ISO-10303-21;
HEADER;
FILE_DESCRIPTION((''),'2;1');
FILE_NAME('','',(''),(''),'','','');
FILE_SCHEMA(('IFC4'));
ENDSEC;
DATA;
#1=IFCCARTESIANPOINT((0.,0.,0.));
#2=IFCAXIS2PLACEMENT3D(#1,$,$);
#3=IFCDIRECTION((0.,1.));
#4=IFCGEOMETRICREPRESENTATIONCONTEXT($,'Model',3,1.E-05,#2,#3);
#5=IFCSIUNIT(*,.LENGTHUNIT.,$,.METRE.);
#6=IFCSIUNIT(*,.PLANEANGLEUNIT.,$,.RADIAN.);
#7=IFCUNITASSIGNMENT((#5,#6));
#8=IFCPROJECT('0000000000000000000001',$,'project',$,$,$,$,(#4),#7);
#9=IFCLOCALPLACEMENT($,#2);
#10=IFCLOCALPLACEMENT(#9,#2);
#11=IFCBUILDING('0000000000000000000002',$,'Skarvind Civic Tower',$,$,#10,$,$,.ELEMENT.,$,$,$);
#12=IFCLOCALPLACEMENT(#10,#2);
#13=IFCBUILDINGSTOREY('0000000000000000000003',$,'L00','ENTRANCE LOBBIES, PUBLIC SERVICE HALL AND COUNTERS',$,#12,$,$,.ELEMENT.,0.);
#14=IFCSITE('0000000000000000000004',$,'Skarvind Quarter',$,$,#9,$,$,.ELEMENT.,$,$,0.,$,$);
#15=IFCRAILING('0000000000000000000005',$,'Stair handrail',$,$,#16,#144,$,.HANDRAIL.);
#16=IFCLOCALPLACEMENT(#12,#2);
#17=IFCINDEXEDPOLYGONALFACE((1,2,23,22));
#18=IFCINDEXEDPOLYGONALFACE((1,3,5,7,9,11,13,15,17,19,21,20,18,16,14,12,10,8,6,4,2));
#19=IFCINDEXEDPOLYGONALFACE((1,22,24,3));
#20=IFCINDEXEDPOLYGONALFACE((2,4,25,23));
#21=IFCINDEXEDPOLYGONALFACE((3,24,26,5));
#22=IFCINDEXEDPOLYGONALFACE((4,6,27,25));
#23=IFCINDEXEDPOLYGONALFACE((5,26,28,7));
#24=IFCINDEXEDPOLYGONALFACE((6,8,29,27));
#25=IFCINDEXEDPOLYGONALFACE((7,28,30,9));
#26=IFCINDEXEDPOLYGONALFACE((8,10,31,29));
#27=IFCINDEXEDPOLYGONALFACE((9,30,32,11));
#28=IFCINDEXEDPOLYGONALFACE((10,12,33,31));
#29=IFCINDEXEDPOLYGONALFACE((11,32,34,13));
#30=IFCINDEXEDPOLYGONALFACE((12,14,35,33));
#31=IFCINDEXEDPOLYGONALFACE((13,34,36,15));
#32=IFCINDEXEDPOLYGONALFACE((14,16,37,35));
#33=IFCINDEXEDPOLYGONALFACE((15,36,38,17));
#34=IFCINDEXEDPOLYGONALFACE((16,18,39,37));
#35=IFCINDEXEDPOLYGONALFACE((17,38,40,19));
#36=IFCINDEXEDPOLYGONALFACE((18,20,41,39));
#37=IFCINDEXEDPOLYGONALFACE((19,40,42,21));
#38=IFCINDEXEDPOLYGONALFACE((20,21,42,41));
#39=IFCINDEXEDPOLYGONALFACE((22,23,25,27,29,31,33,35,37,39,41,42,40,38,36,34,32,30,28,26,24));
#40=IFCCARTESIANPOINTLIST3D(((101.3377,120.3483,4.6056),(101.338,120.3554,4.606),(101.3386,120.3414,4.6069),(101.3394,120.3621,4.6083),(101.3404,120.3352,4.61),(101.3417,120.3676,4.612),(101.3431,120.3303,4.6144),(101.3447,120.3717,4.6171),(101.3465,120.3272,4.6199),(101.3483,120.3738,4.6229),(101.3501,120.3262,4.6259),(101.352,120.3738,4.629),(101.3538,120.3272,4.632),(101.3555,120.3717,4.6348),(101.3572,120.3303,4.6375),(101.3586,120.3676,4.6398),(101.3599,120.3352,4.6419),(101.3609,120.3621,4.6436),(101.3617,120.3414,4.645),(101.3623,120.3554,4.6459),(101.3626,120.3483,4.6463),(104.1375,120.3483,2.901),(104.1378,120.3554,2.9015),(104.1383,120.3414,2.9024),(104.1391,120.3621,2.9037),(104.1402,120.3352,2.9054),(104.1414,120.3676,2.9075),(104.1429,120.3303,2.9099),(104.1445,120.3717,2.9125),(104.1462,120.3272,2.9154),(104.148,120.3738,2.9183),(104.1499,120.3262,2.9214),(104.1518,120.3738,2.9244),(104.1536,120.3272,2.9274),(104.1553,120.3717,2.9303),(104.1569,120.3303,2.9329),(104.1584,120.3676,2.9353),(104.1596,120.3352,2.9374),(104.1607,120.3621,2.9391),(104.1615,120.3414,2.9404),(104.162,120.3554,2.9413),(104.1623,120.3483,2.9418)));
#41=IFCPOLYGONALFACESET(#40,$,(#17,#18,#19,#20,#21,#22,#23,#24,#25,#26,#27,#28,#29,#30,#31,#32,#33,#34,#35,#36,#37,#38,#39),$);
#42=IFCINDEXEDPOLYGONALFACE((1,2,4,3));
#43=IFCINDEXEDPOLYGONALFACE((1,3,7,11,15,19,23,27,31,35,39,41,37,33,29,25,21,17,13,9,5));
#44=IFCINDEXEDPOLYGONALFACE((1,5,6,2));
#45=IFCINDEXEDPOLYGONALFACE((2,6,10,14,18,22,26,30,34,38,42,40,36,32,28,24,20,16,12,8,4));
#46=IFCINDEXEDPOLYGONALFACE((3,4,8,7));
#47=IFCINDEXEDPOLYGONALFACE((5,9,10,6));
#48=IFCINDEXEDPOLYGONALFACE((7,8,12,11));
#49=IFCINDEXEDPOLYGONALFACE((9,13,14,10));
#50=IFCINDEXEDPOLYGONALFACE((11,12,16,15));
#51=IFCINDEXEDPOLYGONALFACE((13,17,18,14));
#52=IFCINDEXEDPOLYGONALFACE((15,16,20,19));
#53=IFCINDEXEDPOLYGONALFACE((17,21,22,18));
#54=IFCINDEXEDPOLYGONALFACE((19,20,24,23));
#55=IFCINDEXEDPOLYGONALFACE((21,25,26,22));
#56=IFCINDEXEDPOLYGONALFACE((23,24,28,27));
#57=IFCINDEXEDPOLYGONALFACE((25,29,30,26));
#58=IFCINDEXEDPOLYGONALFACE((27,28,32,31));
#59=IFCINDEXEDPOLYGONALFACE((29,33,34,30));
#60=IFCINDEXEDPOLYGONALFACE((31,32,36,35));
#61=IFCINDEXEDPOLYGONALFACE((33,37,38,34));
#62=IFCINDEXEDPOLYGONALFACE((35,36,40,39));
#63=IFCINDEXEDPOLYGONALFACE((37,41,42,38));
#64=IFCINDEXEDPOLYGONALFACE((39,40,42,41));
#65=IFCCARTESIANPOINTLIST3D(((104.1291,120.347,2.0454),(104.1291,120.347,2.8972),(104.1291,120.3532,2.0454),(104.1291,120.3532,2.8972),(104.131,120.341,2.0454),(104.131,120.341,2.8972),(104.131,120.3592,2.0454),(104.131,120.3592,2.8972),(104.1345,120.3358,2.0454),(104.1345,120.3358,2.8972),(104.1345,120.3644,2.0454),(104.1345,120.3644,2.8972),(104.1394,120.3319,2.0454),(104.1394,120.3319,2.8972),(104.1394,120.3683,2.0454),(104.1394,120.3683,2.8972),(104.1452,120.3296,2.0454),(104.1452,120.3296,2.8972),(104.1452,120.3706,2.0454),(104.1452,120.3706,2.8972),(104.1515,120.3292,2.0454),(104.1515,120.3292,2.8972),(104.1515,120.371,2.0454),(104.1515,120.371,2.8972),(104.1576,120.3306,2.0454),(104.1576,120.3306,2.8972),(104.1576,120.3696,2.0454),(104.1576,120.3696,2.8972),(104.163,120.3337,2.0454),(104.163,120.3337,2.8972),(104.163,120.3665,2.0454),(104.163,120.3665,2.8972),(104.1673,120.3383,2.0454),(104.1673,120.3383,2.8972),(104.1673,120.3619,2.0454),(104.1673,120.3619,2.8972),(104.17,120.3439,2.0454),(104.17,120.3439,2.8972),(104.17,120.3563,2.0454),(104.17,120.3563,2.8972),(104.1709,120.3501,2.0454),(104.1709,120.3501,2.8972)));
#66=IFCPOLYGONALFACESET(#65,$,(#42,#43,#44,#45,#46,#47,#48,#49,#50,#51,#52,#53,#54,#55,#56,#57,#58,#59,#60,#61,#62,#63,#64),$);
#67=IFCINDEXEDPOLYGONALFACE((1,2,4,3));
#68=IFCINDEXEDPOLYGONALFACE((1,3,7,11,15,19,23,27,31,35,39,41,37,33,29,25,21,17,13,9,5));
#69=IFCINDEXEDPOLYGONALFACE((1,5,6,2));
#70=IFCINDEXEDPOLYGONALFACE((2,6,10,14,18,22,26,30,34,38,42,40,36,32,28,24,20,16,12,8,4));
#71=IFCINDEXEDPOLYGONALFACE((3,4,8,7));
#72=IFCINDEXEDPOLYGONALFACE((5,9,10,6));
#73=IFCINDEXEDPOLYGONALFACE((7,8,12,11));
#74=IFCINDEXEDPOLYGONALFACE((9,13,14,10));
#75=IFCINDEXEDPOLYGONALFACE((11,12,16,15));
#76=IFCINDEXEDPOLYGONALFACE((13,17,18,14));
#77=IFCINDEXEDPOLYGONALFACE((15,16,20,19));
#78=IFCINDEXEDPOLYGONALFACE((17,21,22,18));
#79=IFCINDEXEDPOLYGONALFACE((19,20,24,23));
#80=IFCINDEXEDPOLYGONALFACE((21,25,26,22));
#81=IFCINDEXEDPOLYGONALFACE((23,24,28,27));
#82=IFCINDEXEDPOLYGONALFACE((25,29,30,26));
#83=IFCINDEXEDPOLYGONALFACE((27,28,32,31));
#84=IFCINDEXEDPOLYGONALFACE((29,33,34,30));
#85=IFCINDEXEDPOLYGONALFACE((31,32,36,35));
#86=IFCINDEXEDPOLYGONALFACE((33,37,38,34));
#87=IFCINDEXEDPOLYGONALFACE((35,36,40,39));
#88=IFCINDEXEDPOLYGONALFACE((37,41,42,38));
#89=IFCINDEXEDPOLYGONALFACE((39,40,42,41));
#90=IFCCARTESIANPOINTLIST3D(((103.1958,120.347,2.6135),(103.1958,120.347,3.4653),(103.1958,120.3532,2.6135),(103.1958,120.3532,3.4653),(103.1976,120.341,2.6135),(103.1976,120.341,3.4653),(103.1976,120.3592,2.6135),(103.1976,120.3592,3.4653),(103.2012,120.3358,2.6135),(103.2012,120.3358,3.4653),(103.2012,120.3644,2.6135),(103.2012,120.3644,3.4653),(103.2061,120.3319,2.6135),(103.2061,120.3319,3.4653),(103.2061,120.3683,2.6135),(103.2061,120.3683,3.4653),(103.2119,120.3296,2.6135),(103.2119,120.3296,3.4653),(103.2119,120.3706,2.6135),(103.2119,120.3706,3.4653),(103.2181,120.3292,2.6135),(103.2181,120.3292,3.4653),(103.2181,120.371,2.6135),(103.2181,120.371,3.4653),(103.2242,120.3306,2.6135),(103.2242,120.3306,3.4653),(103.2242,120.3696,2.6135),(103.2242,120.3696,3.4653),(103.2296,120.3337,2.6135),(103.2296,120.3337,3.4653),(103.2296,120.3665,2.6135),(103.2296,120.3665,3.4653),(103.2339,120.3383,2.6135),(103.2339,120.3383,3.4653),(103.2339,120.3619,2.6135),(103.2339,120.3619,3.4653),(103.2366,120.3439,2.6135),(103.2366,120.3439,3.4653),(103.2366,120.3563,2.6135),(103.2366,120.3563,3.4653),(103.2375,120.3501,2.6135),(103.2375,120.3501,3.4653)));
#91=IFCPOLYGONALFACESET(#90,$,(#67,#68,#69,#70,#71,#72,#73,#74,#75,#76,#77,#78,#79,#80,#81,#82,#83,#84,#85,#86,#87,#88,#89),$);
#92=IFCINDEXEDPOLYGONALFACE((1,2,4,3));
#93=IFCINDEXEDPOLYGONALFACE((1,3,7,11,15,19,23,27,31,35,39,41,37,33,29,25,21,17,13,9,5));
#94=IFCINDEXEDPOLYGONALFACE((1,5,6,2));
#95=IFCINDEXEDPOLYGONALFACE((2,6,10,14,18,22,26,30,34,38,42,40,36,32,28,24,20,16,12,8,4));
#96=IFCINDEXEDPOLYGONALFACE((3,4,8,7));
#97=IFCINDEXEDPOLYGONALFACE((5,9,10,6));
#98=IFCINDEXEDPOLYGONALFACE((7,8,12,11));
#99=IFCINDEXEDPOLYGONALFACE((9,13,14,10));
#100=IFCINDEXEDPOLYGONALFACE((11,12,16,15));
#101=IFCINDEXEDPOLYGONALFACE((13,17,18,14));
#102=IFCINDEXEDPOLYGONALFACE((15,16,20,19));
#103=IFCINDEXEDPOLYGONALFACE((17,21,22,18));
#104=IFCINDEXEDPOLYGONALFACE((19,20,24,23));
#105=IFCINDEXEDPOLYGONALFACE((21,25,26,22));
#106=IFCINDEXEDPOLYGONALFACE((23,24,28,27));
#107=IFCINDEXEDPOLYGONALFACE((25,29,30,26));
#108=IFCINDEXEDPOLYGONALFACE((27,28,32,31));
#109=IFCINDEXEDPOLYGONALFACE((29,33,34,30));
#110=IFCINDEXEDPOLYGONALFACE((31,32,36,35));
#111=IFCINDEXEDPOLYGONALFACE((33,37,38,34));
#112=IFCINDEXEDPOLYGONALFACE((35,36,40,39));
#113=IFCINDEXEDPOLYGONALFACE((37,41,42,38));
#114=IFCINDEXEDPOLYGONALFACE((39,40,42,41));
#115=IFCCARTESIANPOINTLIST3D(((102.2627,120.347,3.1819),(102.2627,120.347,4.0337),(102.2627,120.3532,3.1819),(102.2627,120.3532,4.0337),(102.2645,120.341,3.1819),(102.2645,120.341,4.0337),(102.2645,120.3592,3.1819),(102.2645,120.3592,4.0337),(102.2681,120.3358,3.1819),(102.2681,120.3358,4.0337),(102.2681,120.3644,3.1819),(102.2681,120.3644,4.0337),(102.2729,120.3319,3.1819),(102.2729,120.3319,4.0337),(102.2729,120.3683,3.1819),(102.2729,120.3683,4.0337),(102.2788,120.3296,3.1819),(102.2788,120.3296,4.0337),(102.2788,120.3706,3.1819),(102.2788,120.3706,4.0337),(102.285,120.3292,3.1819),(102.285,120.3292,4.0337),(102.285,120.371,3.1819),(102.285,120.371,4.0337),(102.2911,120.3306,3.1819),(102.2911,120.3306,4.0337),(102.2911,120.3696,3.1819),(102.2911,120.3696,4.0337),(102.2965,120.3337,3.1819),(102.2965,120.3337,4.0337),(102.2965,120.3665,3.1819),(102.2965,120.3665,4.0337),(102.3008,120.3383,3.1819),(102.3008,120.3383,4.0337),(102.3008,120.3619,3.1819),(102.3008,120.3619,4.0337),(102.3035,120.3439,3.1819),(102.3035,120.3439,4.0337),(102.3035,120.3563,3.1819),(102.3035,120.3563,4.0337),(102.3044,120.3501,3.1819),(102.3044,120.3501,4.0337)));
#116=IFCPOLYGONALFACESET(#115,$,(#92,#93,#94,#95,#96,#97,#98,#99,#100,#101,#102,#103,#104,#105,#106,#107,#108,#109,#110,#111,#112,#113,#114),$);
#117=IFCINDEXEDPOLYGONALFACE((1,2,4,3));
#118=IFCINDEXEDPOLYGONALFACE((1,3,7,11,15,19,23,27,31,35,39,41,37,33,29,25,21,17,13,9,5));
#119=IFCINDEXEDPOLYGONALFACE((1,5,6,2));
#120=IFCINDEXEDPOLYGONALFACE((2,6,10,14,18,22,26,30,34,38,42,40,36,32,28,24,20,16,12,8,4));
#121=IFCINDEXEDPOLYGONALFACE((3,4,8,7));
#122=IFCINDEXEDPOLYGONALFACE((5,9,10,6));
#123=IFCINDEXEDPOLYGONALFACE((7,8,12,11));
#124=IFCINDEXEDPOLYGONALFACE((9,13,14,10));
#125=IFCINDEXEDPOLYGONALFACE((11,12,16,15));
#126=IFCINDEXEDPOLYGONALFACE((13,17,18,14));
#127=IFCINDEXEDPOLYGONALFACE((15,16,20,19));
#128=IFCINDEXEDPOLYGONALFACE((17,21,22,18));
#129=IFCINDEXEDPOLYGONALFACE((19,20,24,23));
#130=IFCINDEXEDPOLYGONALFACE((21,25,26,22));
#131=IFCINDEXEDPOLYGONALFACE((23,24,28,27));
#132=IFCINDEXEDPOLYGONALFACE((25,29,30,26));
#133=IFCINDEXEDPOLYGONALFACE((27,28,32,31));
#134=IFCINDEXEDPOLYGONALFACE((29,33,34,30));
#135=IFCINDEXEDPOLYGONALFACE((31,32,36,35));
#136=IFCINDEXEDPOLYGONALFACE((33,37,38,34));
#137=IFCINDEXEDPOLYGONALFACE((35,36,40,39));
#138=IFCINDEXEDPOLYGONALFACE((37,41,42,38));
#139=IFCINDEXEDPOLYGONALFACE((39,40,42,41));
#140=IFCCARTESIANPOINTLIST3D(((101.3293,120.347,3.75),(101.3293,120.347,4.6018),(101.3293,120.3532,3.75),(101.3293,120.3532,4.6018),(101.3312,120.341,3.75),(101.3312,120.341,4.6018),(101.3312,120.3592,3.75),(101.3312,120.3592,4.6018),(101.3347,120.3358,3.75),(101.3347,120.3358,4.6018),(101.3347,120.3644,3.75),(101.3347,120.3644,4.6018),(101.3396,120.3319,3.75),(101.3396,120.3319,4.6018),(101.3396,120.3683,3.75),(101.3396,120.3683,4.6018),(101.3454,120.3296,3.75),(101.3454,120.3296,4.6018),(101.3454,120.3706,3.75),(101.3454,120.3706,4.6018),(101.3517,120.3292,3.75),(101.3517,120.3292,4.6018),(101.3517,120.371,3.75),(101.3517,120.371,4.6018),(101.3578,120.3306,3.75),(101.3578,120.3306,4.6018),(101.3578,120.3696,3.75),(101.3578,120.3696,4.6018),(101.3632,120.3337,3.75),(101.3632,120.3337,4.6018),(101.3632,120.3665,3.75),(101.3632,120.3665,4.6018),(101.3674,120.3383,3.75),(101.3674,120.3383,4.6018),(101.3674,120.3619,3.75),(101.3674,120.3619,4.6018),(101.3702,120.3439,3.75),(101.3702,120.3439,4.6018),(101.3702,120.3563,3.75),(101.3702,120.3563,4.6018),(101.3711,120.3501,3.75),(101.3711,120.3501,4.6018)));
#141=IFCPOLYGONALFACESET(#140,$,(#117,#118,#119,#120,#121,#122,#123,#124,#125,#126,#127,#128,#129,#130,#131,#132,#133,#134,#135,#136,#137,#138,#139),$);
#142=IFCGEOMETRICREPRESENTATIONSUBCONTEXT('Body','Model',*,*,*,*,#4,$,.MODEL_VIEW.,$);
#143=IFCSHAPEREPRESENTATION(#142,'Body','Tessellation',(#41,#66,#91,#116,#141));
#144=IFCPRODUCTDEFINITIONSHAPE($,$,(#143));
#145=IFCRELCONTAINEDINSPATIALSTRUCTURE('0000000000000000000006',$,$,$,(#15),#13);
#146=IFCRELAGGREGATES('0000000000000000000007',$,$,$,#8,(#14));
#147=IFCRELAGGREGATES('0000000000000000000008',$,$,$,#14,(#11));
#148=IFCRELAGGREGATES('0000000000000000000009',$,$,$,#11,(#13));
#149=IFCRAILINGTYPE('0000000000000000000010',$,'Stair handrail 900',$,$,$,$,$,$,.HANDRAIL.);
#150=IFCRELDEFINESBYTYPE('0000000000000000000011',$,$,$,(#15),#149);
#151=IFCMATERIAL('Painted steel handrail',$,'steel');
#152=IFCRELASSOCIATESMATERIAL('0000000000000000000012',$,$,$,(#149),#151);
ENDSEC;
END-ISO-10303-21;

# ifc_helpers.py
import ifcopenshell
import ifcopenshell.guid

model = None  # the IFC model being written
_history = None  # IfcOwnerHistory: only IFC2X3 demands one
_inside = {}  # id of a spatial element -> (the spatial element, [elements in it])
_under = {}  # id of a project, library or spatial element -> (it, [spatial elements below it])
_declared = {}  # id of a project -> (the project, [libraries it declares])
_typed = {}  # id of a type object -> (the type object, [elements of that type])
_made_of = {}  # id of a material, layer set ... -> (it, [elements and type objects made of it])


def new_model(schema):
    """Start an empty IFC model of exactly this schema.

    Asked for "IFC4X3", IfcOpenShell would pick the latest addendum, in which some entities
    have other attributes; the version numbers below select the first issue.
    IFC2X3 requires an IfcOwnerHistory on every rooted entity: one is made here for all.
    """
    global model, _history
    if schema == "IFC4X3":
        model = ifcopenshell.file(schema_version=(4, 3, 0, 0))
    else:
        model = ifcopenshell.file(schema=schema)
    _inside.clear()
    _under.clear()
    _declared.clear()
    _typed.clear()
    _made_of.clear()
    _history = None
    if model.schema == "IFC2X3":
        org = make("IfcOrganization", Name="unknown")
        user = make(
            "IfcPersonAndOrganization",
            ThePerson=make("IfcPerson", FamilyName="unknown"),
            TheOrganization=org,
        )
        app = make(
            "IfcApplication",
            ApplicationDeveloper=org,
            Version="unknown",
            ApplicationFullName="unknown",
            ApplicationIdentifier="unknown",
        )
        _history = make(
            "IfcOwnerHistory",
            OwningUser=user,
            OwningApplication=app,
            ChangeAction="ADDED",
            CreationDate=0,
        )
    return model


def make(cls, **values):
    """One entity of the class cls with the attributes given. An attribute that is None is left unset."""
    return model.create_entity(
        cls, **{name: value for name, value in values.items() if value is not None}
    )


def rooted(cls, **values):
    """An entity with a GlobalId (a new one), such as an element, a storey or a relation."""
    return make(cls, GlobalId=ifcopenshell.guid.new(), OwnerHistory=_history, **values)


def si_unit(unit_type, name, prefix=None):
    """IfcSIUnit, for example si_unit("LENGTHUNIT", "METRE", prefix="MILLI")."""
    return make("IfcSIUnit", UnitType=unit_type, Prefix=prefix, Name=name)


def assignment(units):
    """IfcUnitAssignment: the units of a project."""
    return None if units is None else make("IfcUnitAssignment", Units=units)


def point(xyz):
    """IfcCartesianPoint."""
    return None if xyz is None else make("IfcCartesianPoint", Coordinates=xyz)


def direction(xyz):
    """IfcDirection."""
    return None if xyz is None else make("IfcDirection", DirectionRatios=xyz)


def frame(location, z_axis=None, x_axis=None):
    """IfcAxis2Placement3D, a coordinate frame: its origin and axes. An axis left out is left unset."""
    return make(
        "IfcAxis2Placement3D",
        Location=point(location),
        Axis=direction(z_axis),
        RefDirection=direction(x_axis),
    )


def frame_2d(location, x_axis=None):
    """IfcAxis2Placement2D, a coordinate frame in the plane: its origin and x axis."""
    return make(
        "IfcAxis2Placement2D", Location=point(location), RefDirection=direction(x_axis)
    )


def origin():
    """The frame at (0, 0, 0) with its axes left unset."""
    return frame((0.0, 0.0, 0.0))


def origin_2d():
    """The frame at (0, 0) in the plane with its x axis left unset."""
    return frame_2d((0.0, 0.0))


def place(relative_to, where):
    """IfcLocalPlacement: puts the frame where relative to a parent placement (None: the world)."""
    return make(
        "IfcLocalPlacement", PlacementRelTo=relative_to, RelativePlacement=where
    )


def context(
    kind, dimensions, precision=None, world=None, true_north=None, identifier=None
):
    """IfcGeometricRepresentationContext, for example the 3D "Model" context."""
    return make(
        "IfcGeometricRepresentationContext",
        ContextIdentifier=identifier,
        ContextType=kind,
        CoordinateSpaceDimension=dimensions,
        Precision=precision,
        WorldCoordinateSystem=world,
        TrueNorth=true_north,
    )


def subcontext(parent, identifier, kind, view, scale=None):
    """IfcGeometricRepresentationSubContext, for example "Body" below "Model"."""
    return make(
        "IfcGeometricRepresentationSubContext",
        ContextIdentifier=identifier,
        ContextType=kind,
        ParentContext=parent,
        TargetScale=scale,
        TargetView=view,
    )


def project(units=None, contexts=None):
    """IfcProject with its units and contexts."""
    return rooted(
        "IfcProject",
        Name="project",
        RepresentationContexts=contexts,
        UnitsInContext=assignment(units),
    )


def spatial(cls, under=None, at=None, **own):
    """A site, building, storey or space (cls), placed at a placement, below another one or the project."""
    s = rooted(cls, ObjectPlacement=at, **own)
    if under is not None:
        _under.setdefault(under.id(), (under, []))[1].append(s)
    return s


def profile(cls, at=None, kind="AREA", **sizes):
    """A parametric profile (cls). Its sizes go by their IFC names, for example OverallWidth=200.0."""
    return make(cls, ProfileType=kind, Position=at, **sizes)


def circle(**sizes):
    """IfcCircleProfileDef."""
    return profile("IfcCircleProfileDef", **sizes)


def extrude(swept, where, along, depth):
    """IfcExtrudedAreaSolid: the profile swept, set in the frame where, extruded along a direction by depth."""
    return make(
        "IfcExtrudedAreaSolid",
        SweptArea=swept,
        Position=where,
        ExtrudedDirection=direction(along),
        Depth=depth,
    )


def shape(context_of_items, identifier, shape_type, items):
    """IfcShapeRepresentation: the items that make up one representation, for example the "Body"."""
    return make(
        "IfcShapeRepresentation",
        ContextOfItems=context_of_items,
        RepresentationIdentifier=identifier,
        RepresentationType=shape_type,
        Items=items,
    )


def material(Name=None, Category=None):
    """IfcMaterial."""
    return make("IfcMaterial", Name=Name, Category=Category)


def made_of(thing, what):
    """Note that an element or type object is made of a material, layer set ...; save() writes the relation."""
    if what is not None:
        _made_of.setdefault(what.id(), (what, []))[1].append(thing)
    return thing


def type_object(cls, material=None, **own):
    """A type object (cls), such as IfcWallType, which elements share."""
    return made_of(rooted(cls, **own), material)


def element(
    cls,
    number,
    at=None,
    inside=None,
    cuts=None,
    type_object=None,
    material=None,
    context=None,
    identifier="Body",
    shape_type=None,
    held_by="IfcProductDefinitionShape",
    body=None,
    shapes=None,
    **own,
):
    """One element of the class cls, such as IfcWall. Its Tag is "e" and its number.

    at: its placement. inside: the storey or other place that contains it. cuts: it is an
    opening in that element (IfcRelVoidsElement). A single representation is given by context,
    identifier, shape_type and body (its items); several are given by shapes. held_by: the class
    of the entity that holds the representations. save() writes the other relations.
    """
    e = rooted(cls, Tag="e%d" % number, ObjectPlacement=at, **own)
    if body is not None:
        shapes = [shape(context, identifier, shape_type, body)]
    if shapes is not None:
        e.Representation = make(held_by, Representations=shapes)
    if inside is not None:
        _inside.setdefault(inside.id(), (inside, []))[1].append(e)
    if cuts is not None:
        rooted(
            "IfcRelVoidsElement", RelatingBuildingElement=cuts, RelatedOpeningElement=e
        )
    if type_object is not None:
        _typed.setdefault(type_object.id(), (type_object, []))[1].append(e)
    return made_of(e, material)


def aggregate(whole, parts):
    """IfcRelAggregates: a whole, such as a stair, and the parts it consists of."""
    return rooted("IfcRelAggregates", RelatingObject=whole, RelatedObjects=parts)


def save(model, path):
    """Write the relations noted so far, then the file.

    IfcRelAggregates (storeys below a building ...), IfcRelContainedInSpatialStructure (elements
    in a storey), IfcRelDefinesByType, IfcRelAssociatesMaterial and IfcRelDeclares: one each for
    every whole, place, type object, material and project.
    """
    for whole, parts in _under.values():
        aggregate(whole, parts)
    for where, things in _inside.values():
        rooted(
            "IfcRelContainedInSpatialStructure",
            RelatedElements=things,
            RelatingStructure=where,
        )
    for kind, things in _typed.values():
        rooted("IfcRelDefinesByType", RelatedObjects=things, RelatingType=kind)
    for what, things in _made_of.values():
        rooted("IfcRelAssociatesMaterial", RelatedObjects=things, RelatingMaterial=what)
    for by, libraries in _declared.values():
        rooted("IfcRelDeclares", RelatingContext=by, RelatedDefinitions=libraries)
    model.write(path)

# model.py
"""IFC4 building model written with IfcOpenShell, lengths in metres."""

from ifc_helpers import new_model, si_unit, direction, frame, origin, origin_2d, place, context, subcontext, project, spatial, circle, extrude, material, type_object, element, save


model = new_model("IFC4")

# Units and contexts
model_context = context("Model", 3, precision=1e-05, world=origin(), true_north=direction((0.0, 1.0)))
body_context = subcontext(model_context, "Body", "Model", "MODEL_VIEW")
ifc_project = project(units=[si_unit("LENGTHUNIT", "METRE"), si_unit("PLANEANGLEUNIT", "RADIAN")], contexts=[model_context])

# Site, building, storey
site_placement = place(None, origin())
site = spatial("IfcSite", under=ifc_project, at=site_placement, Name="Skarvind Quarter", CompositionType="ELEMENT", RefElevation=0.0)
building_placement = place(site_placement, origin())
building = spatial("IfcBuilding", under=site, at=building_placement, Name="Skarvind Civic Tower", CompositionType="ELEMENT")
storey_placement = place(building_placement, origin())
storey = spatial("IfcBuildingStorey", under=building, at=storey_placement, Name="L00", Description="ENTRANCE LOBBIES, PUBLIC SERVICE HALL AND COUNTERS", CompositionType="ELEMENT", Elevation=0.0)

# Railing
ifc_material_1 = material(Name="Painted steel handrail", Category="steel")
railing_type = type_object("IfcRailingType", Name="Stair handrail 900", PredefinedType="HANDRAIL", material=ifc_material_1)
railing_1_placement = place(storey_placement, frame((104.1499, 120.3501, 2.0454)))
element("IfcRailing", 1, at=railing_1_placement, inside=storey, type_object=railing_type, Name="Stair handrail", PredefinedType="HANDRAIL", context=body_context, shape_type="SweptSolid", body=[
    extrude(circle(Radius=0.0239, at=origin_2d()), frame((0.0, 0.0, 0.876), z_axis=(-0.85415, 0.0, 0.520027), x_axis=(0.0, -1.0, 0.0)), (0.0, 0.0, 1.0), 3.2778),
    extrude(circle(Radius=0.021, at=origin_2d()), origin(), (0.0, 0.0, 1.0), 0.8518),
    extrude(circle(Radius=0.021, at=origin_2d()), frame((-0.9333, 0.0, 0.5681)), (0.0, 0.0, 1.0), 0.8518),
    extrude(circle(Radius=0.021, at=origin_2d()), frame((-1.8665, 0.0, 1.1365)), (0.0, 0.0, 1.0), 0.8518),
    extrude(circle(Radius=0.021, at=origin_2d()), frame((-2.7998, 0.0, 1.7046)), (0.0, 0.0, 1.0), 0.8518),
])

save(model, "model.ifc")
